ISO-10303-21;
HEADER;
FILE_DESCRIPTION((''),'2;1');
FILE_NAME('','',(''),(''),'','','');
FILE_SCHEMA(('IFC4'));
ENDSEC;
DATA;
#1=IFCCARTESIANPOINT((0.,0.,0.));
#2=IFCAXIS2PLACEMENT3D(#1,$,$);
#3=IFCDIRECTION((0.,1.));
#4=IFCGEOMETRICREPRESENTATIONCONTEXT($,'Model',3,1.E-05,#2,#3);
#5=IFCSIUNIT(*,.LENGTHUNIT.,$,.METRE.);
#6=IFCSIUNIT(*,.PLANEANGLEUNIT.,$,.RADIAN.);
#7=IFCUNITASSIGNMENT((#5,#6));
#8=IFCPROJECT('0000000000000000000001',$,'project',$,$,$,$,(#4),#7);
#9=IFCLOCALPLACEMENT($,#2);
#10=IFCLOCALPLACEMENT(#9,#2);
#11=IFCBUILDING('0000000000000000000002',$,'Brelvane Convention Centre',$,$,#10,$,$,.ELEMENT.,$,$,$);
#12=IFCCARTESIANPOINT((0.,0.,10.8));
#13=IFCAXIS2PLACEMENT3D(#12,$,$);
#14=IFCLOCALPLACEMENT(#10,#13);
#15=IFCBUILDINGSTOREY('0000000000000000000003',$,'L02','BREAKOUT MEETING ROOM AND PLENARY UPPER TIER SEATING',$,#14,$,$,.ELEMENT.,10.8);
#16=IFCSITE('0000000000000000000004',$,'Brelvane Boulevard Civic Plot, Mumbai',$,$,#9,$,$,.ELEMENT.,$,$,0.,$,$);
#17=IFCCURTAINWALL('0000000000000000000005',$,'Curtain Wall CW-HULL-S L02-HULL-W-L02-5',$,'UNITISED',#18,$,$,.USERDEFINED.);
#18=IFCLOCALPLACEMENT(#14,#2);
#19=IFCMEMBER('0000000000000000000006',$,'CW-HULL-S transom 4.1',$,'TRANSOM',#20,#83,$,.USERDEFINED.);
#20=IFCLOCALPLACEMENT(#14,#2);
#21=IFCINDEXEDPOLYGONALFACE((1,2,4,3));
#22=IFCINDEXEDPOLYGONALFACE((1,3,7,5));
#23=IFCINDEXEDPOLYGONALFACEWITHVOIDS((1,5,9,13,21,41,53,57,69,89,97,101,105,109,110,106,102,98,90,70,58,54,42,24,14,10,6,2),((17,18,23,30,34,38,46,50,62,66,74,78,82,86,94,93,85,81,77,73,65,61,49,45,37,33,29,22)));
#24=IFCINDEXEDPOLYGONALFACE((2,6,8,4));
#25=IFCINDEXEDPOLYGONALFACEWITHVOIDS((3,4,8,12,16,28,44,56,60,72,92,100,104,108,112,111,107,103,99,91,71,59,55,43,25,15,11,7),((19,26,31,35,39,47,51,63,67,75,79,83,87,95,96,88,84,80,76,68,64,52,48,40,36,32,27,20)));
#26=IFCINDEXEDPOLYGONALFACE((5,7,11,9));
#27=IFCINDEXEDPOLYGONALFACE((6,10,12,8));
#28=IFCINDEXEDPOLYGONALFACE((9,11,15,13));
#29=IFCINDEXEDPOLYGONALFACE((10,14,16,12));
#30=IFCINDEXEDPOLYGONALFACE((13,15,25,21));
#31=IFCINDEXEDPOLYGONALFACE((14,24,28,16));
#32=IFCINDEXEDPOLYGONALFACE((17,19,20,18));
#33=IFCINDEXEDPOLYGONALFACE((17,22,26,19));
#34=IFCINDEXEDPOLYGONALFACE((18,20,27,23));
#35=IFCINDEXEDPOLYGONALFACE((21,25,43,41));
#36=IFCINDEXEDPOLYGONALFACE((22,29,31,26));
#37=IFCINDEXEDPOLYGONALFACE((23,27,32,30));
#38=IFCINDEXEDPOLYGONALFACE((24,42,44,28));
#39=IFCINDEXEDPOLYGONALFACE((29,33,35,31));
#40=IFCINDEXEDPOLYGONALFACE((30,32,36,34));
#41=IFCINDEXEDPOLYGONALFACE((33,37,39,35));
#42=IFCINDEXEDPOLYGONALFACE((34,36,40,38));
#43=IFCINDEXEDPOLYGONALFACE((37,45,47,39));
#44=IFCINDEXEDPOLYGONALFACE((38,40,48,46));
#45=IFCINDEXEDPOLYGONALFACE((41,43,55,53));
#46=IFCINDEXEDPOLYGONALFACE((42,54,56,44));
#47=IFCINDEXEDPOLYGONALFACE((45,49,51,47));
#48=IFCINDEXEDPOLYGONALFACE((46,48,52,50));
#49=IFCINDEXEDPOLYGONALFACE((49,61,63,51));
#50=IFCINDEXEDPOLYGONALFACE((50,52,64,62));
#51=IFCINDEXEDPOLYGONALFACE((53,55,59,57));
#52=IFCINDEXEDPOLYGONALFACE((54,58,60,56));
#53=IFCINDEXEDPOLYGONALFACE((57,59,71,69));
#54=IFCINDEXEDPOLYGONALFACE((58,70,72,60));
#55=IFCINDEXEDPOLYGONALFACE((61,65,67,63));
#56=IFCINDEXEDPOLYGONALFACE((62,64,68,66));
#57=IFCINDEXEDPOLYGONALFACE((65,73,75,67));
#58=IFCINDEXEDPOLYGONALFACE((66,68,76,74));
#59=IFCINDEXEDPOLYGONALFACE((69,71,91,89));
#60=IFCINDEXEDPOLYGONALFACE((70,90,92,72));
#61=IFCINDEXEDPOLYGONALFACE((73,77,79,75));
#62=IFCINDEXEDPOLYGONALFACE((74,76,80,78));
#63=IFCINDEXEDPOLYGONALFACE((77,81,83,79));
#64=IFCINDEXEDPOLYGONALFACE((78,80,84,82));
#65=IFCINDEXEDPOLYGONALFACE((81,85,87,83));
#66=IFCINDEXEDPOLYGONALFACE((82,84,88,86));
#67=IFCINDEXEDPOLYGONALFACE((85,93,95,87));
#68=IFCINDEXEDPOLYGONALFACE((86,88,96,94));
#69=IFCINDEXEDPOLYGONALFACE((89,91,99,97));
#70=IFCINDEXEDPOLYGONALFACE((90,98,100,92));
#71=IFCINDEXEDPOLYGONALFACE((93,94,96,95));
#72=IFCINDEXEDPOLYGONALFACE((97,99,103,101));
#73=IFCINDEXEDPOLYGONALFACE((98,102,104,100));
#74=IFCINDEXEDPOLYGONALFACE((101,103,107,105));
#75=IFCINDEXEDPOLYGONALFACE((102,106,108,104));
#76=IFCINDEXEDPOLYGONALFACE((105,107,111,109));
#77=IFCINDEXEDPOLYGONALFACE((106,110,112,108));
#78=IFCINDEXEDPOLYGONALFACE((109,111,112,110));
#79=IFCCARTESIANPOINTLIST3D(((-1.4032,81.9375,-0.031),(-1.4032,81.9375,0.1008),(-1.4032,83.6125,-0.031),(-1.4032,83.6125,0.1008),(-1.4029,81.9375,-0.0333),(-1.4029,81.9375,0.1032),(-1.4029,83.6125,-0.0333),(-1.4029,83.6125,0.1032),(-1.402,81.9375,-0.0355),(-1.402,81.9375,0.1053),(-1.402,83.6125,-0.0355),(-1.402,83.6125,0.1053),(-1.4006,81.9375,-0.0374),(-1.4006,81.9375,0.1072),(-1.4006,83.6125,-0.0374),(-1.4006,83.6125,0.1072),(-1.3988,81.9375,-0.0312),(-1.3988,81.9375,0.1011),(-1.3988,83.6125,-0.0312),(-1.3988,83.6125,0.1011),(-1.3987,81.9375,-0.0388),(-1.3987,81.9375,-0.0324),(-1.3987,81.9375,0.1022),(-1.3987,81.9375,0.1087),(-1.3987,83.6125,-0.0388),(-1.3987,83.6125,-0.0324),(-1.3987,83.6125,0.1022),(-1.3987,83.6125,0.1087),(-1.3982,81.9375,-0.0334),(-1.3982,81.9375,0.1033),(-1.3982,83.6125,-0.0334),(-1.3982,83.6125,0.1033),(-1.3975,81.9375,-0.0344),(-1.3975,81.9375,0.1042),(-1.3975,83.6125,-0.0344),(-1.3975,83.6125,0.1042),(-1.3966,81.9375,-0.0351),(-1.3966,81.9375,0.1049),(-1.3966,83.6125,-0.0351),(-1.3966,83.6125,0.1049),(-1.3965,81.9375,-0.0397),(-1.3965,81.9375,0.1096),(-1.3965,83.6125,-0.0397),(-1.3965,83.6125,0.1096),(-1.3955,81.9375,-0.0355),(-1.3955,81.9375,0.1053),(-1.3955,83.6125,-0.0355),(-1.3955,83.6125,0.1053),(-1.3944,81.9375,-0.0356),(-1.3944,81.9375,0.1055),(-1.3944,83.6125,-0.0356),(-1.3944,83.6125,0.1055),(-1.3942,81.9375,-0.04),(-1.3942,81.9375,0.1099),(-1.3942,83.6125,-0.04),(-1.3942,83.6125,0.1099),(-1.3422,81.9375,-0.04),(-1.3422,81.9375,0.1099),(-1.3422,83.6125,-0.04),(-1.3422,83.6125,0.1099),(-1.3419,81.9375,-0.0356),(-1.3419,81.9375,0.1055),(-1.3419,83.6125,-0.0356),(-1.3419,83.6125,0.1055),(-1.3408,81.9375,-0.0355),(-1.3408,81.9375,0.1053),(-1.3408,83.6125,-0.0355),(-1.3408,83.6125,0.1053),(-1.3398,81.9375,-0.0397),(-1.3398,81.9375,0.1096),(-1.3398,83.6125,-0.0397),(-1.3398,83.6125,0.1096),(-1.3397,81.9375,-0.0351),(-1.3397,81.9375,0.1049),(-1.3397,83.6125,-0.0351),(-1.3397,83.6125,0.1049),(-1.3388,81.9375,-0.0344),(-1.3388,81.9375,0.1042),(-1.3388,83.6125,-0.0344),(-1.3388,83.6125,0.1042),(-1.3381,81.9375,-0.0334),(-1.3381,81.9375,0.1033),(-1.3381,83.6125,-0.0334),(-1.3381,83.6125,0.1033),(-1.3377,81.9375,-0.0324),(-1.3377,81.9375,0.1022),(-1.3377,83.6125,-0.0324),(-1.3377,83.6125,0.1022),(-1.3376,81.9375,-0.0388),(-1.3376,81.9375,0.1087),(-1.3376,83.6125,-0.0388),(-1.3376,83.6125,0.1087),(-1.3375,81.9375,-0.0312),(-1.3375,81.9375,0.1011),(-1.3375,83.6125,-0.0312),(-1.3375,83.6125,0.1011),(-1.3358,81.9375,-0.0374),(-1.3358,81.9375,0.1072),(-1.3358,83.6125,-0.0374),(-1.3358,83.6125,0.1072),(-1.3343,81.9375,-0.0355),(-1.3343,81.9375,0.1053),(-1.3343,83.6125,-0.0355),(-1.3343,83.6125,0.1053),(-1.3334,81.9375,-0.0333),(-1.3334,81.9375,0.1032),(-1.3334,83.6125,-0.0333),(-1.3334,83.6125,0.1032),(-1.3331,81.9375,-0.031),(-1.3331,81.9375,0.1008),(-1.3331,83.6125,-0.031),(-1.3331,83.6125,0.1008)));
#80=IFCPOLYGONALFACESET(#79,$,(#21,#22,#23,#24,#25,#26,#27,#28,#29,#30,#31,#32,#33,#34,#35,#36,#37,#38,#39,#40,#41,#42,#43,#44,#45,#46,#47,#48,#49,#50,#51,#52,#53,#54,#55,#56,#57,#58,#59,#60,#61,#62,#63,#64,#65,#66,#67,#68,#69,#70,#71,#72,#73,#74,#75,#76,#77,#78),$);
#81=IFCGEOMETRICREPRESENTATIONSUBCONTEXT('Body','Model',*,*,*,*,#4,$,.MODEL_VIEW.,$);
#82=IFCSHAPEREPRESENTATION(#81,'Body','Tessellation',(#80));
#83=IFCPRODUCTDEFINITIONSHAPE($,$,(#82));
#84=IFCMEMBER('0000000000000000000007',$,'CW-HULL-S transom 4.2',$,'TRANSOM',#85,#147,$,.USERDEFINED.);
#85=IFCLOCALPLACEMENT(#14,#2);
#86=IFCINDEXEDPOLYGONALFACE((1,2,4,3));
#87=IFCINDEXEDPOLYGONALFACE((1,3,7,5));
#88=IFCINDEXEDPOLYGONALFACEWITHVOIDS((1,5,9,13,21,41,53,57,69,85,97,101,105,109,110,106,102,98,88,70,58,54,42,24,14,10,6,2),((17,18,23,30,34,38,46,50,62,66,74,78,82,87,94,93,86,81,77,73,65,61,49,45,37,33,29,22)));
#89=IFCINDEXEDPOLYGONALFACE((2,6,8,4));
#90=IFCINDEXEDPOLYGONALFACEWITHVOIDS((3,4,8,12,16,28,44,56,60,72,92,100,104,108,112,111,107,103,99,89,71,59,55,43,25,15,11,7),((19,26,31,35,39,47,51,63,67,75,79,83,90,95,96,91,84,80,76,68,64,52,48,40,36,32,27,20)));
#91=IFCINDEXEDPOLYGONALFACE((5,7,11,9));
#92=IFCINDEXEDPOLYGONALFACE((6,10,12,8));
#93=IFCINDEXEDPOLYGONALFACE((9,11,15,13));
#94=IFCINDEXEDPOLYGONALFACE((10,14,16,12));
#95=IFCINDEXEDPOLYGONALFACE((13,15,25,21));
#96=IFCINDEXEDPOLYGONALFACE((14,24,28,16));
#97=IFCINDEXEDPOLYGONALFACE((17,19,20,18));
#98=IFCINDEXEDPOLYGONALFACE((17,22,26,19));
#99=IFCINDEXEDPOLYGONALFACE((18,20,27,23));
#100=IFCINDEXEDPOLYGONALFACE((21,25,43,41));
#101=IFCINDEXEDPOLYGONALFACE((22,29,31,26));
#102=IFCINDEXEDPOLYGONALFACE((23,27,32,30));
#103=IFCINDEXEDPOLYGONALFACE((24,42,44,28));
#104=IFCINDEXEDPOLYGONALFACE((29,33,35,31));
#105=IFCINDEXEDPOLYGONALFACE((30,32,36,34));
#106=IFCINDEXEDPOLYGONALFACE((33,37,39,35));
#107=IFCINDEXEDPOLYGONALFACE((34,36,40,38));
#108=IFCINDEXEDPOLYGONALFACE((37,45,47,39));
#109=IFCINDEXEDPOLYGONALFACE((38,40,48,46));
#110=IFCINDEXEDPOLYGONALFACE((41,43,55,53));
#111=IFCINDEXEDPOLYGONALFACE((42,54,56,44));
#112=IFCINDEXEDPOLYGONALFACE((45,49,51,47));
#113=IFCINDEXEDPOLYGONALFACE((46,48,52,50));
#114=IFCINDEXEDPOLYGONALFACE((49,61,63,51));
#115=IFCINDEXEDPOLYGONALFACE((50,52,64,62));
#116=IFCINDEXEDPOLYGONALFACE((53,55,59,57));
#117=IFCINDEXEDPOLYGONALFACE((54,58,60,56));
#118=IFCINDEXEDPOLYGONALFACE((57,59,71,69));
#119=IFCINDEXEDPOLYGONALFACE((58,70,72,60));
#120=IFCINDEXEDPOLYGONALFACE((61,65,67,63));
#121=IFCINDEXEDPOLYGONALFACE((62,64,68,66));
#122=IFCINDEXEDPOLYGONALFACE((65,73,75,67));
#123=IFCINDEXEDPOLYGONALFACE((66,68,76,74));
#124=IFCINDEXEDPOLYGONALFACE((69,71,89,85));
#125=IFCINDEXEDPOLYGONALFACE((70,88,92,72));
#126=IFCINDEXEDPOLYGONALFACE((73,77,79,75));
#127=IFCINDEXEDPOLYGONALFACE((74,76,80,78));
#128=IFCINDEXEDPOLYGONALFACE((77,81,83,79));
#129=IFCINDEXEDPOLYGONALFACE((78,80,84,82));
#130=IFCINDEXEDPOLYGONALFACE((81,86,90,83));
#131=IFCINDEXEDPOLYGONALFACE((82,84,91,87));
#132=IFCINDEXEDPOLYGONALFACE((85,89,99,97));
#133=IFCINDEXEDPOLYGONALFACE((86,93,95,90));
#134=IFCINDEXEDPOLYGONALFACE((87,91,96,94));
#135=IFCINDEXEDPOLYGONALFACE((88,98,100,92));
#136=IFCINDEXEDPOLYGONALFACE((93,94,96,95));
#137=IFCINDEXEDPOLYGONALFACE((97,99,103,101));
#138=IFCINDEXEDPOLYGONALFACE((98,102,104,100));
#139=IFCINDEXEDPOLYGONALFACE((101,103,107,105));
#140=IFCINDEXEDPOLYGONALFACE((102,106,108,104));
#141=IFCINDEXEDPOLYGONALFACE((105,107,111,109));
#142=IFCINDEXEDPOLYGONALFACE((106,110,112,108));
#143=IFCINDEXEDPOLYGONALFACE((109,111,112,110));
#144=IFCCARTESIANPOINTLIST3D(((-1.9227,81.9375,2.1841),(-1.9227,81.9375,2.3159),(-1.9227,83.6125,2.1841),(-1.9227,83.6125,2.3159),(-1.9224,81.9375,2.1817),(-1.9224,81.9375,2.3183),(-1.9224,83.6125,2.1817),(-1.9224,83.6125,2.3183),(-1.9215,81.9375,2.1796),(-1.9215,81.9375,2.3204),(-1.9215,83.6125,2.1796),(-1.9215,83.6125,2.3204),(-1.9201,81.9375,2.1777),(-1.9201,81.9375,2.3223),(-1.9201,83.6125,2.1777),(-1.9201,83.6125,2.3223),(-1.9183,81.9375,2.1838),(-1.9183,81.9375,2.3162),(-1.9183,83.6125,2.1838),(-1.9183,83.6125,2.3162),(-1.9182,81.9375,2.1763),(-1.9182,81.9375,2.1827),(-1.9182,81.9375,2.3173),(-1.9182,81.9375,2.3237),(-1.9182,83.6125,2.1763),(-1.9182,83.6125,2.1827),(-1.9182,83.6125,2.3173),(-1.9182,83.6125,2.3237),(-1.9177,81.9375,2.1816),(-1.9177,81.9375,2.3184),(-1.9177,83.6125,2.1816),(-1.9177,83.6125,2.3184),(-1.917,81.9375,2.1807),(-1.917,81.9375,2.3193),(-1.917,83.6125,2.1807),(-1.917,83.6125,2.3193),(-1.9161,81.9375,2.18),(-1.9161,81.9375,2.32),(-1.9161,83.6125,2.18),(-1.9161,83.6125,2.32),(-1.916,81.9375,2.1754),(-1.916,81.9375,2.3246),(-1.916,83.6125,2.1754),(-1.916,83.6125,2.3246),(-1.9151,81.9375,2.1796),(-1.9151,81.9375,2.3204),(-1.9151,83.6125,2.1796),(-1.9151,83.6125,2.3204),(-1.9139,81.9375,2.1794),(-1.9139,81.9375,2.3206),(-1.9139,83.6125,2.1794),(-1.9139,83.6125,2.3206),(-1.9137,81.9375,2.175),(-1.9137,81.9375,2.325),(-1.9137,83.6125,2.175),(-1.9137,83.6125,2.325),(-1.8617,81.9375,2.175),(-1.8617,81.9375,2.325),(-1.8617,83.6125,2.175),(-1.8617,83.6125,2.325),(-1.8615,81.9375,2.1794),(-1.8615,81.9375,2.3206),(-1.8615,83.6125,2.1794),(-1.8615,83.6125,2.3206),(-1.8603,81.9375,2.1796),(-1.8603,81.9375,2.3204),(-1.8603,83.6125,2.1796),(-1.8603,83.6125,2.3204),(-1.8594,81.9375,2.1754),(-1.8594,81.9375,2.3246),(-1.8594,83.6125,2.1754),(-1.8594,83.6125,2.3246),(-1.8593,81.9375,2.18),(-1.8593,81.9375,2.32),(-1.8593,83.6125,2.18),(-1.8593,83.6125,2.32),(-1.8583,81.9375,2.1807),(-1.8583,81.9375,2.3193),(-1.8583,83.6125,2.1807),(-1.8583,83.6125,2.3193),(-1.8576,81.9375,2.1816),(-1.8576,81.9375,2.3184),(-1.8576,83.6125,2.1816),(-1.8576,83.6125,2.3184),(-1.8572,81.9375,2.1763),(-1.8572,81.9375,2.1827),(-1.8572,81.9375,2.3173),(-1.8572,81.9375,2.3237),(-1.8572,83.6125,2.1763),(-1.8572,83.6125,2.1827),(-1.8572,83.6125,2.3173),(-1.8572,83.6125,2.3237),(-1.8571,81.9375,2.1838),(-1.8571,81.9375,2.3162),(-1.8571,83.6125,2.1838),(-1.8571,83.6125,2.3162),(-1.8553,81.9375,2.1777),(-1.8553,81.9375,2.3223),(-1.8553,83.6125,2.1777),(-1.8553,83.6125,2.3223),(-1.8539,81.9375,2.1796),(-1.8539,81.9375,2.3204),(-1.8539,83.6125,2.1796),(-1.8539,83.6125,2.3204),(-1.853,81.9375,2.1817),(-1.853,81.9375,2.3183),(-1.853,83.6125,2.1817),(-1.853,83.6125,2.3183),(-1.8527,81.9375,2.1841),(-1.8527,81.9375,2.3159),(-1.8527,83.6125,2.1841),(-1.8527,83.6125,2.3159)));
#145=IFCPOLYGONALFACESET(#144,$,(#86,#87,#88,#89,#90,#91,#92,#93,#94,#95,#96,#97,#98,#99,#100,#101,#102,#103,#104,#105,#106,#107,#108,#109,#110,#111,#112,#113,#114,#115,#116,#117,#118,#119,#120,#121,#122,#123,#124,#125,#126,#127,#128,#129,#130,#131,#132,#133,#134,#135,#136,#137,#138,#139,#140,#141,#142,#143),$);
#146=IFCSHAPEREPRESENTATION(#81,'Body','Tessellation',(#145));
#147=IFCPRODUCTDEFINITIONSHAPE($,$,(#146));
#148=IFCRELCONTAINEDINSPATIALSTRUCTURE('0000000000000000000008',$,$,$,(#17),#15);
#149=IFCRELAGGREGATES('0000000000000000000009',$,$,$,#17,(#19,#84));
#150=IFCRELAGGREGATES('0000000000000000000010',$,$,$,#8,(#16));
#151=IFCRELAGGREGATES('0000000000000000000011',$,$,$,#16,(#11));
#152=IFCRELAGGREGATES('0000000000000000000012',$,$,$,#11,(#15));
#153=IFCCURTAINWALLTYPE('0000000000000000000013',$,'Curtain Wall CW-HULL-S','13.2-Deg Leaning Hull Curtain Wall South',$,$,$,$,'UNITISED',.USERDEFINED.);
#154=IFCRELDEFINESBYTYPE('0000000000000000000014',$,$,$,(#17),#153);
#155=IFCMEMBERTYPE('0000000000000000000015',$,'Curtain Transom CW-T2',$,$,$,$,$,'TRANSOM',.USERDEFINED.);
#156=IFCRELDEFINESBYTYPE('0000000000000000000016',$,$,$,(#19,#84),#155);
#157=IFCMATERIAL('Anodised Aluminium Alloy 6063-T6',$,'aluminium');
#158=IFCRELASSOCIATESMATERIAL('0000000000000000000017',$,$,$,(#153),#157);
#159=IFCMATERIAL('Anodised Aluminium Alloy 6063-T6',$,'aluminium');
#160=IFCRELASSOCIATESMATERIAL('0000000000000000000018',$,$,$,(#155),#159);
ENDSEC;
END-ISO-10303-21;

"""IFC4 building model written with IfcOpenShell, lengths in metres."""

from ifc_helpers import new_model, si_unit, direction, frame, origin, origin_2d, place, context, subcontext, project, spatial, hollow_rectangle, extrude, material, material_profile, profile_set, type_object, element, aggregate, save


model = new_model("IFC4")

# Units and contexts
model_context = context("Model", 3, precision=1e-05, world=origin(), true_north=direction((0.0, 1.0)))
body_context = subcontext(model_context, "Body", "Model", "MODEL_VIEW")
ifc_project = project(units=[si_unit("LENGTHUNIT", "METRE"), si_unit("PLANEANGLEUNIT", "RADIAN")], contexts=[model_context])

# Site, building, storey
site_placement = place(None, origin())
site = spatial("IfcSite", under=ifc_project, at=site_placement, Name="Brelvane Boulevard Civic Plot, Mumbai", CompositionType="ELEMENT", RefElevation=0.0)
building_placement = place(site_placement, origin())
building = spatial("IfcBuilding", under=site, at=building_placement, Name="Brelvane Convention Centre", CompositionType="ELEMENT")
storey_placement = place(building_placement, frame((0.0, 0.0, 10.8)))
storey = spatial("IfcBuildingStorey", under=building, at=storey_placement, Name="L02", Description="BREAKOUT MEETING ROOM AND PLENARY UPPER TIER SEATING", CompositionType="ELEMENT", Elevation=10.8)

# Curtain wall, members
ifc_material_1 = material(Name="Anodised Aluminium Alloy 6063-T6", Category="aluminium")
curtain_wall_type = type_object("IfcCurtainWallType", Name="Curtain Wall CW-HULL-S", Description="13.2-Deg Leaning Hull Curtain Wall South", ElementType="UNITISED", PredefinedType="USERDEFINED", material=ifc_material_1)
curtain_wall_placement = place(storey_placement, origin())
curtain_wall = element("IfcCurtainWall", 1, at=curtain_wall_placement, inside=storey, type_object=curtain_wall_type, Name="Curtain Wall CW-HULL-S L02-HULL-W-L02-5", ObjectType="UNITISED", PredefinedType="USERDEFINED")
ifc_material_2 = material(Name="Anodised Aluminium Alloy 6063-T6", Category="aluminium")
ifc_material_profile_1 = material_profile(ifc_material_2, hollow_rectangle(XDim=0.0701, YDim=0.1499, WallThickness=0.0044, InnerFilletRadius=0.0044, OuterFilletRadius=0.009, at=origin_2d()), Name="ALU-T 150x70x4.5")
ifc_profile_set_1 = profile_set([ifc_material_profile_1], Name="Anodised Aluminium Alloy 6063-T6")
member_type_1 = type_object("IfcMemberType", Name="Curtain Transom CW-T2", ElementType="TRANSOM", PredefinedType="USERDEFINED", material=ifc_profile_set_1)
member_1_placement = place(storey_placement, frame((-1.3682, 81.9375, 0.0349), z_axis=(0.0, 1.0, 0.0), x_axis=(-1.0, 0.0, 0.0)))
member_1 = element("IfcMember", 2, at=member_1_placement, type_object=member_type_1, Name="CW-HULL-S transom 4.1", ObjectType="TRANSOM", PredefinedType="USERDEFINED", context=body_context, shape_type="SweptSolid", body=[
    extrude(hollow_rectangle(XDim=0.0701, YDim=0.1499, WallThickness=0.0044, InnerFilletRadius=0.0044, OuterFilletRadius=0.009, at=origin_2d()), origin(), (0.0, 0.0, 1.0), 1.675),
])
member_2_placement = place(storey_placement, frame((-1.8877, 81.9375, 2.25), z_axis=(0.0, 1.0, 0.0), x_axis=(-1.0, 0.0, 0.0)))
member_2 = element("IfcMember", 3, at=member_2_placement, type_object=member_type_1, Name="CW-HULL-S transom 4.2", ObjectType="TRANSOM", PredefinedType="USERDEFINED", context=body_context, shape_type="SweptSolid", body=[
    extrude(hollow_rectangle(XDim=0.0701, YDim=0.1499, WallThickness=0.0044, InnerFilletRadius=0.0044, OuterFilletRadius=0.009, at=origin_2d()), origin(), (0.0, 0.0, 1.0), 1.675),
])
aggregate(curtain_wall, [member_1, member_2])

save(model, "model.ifc")
